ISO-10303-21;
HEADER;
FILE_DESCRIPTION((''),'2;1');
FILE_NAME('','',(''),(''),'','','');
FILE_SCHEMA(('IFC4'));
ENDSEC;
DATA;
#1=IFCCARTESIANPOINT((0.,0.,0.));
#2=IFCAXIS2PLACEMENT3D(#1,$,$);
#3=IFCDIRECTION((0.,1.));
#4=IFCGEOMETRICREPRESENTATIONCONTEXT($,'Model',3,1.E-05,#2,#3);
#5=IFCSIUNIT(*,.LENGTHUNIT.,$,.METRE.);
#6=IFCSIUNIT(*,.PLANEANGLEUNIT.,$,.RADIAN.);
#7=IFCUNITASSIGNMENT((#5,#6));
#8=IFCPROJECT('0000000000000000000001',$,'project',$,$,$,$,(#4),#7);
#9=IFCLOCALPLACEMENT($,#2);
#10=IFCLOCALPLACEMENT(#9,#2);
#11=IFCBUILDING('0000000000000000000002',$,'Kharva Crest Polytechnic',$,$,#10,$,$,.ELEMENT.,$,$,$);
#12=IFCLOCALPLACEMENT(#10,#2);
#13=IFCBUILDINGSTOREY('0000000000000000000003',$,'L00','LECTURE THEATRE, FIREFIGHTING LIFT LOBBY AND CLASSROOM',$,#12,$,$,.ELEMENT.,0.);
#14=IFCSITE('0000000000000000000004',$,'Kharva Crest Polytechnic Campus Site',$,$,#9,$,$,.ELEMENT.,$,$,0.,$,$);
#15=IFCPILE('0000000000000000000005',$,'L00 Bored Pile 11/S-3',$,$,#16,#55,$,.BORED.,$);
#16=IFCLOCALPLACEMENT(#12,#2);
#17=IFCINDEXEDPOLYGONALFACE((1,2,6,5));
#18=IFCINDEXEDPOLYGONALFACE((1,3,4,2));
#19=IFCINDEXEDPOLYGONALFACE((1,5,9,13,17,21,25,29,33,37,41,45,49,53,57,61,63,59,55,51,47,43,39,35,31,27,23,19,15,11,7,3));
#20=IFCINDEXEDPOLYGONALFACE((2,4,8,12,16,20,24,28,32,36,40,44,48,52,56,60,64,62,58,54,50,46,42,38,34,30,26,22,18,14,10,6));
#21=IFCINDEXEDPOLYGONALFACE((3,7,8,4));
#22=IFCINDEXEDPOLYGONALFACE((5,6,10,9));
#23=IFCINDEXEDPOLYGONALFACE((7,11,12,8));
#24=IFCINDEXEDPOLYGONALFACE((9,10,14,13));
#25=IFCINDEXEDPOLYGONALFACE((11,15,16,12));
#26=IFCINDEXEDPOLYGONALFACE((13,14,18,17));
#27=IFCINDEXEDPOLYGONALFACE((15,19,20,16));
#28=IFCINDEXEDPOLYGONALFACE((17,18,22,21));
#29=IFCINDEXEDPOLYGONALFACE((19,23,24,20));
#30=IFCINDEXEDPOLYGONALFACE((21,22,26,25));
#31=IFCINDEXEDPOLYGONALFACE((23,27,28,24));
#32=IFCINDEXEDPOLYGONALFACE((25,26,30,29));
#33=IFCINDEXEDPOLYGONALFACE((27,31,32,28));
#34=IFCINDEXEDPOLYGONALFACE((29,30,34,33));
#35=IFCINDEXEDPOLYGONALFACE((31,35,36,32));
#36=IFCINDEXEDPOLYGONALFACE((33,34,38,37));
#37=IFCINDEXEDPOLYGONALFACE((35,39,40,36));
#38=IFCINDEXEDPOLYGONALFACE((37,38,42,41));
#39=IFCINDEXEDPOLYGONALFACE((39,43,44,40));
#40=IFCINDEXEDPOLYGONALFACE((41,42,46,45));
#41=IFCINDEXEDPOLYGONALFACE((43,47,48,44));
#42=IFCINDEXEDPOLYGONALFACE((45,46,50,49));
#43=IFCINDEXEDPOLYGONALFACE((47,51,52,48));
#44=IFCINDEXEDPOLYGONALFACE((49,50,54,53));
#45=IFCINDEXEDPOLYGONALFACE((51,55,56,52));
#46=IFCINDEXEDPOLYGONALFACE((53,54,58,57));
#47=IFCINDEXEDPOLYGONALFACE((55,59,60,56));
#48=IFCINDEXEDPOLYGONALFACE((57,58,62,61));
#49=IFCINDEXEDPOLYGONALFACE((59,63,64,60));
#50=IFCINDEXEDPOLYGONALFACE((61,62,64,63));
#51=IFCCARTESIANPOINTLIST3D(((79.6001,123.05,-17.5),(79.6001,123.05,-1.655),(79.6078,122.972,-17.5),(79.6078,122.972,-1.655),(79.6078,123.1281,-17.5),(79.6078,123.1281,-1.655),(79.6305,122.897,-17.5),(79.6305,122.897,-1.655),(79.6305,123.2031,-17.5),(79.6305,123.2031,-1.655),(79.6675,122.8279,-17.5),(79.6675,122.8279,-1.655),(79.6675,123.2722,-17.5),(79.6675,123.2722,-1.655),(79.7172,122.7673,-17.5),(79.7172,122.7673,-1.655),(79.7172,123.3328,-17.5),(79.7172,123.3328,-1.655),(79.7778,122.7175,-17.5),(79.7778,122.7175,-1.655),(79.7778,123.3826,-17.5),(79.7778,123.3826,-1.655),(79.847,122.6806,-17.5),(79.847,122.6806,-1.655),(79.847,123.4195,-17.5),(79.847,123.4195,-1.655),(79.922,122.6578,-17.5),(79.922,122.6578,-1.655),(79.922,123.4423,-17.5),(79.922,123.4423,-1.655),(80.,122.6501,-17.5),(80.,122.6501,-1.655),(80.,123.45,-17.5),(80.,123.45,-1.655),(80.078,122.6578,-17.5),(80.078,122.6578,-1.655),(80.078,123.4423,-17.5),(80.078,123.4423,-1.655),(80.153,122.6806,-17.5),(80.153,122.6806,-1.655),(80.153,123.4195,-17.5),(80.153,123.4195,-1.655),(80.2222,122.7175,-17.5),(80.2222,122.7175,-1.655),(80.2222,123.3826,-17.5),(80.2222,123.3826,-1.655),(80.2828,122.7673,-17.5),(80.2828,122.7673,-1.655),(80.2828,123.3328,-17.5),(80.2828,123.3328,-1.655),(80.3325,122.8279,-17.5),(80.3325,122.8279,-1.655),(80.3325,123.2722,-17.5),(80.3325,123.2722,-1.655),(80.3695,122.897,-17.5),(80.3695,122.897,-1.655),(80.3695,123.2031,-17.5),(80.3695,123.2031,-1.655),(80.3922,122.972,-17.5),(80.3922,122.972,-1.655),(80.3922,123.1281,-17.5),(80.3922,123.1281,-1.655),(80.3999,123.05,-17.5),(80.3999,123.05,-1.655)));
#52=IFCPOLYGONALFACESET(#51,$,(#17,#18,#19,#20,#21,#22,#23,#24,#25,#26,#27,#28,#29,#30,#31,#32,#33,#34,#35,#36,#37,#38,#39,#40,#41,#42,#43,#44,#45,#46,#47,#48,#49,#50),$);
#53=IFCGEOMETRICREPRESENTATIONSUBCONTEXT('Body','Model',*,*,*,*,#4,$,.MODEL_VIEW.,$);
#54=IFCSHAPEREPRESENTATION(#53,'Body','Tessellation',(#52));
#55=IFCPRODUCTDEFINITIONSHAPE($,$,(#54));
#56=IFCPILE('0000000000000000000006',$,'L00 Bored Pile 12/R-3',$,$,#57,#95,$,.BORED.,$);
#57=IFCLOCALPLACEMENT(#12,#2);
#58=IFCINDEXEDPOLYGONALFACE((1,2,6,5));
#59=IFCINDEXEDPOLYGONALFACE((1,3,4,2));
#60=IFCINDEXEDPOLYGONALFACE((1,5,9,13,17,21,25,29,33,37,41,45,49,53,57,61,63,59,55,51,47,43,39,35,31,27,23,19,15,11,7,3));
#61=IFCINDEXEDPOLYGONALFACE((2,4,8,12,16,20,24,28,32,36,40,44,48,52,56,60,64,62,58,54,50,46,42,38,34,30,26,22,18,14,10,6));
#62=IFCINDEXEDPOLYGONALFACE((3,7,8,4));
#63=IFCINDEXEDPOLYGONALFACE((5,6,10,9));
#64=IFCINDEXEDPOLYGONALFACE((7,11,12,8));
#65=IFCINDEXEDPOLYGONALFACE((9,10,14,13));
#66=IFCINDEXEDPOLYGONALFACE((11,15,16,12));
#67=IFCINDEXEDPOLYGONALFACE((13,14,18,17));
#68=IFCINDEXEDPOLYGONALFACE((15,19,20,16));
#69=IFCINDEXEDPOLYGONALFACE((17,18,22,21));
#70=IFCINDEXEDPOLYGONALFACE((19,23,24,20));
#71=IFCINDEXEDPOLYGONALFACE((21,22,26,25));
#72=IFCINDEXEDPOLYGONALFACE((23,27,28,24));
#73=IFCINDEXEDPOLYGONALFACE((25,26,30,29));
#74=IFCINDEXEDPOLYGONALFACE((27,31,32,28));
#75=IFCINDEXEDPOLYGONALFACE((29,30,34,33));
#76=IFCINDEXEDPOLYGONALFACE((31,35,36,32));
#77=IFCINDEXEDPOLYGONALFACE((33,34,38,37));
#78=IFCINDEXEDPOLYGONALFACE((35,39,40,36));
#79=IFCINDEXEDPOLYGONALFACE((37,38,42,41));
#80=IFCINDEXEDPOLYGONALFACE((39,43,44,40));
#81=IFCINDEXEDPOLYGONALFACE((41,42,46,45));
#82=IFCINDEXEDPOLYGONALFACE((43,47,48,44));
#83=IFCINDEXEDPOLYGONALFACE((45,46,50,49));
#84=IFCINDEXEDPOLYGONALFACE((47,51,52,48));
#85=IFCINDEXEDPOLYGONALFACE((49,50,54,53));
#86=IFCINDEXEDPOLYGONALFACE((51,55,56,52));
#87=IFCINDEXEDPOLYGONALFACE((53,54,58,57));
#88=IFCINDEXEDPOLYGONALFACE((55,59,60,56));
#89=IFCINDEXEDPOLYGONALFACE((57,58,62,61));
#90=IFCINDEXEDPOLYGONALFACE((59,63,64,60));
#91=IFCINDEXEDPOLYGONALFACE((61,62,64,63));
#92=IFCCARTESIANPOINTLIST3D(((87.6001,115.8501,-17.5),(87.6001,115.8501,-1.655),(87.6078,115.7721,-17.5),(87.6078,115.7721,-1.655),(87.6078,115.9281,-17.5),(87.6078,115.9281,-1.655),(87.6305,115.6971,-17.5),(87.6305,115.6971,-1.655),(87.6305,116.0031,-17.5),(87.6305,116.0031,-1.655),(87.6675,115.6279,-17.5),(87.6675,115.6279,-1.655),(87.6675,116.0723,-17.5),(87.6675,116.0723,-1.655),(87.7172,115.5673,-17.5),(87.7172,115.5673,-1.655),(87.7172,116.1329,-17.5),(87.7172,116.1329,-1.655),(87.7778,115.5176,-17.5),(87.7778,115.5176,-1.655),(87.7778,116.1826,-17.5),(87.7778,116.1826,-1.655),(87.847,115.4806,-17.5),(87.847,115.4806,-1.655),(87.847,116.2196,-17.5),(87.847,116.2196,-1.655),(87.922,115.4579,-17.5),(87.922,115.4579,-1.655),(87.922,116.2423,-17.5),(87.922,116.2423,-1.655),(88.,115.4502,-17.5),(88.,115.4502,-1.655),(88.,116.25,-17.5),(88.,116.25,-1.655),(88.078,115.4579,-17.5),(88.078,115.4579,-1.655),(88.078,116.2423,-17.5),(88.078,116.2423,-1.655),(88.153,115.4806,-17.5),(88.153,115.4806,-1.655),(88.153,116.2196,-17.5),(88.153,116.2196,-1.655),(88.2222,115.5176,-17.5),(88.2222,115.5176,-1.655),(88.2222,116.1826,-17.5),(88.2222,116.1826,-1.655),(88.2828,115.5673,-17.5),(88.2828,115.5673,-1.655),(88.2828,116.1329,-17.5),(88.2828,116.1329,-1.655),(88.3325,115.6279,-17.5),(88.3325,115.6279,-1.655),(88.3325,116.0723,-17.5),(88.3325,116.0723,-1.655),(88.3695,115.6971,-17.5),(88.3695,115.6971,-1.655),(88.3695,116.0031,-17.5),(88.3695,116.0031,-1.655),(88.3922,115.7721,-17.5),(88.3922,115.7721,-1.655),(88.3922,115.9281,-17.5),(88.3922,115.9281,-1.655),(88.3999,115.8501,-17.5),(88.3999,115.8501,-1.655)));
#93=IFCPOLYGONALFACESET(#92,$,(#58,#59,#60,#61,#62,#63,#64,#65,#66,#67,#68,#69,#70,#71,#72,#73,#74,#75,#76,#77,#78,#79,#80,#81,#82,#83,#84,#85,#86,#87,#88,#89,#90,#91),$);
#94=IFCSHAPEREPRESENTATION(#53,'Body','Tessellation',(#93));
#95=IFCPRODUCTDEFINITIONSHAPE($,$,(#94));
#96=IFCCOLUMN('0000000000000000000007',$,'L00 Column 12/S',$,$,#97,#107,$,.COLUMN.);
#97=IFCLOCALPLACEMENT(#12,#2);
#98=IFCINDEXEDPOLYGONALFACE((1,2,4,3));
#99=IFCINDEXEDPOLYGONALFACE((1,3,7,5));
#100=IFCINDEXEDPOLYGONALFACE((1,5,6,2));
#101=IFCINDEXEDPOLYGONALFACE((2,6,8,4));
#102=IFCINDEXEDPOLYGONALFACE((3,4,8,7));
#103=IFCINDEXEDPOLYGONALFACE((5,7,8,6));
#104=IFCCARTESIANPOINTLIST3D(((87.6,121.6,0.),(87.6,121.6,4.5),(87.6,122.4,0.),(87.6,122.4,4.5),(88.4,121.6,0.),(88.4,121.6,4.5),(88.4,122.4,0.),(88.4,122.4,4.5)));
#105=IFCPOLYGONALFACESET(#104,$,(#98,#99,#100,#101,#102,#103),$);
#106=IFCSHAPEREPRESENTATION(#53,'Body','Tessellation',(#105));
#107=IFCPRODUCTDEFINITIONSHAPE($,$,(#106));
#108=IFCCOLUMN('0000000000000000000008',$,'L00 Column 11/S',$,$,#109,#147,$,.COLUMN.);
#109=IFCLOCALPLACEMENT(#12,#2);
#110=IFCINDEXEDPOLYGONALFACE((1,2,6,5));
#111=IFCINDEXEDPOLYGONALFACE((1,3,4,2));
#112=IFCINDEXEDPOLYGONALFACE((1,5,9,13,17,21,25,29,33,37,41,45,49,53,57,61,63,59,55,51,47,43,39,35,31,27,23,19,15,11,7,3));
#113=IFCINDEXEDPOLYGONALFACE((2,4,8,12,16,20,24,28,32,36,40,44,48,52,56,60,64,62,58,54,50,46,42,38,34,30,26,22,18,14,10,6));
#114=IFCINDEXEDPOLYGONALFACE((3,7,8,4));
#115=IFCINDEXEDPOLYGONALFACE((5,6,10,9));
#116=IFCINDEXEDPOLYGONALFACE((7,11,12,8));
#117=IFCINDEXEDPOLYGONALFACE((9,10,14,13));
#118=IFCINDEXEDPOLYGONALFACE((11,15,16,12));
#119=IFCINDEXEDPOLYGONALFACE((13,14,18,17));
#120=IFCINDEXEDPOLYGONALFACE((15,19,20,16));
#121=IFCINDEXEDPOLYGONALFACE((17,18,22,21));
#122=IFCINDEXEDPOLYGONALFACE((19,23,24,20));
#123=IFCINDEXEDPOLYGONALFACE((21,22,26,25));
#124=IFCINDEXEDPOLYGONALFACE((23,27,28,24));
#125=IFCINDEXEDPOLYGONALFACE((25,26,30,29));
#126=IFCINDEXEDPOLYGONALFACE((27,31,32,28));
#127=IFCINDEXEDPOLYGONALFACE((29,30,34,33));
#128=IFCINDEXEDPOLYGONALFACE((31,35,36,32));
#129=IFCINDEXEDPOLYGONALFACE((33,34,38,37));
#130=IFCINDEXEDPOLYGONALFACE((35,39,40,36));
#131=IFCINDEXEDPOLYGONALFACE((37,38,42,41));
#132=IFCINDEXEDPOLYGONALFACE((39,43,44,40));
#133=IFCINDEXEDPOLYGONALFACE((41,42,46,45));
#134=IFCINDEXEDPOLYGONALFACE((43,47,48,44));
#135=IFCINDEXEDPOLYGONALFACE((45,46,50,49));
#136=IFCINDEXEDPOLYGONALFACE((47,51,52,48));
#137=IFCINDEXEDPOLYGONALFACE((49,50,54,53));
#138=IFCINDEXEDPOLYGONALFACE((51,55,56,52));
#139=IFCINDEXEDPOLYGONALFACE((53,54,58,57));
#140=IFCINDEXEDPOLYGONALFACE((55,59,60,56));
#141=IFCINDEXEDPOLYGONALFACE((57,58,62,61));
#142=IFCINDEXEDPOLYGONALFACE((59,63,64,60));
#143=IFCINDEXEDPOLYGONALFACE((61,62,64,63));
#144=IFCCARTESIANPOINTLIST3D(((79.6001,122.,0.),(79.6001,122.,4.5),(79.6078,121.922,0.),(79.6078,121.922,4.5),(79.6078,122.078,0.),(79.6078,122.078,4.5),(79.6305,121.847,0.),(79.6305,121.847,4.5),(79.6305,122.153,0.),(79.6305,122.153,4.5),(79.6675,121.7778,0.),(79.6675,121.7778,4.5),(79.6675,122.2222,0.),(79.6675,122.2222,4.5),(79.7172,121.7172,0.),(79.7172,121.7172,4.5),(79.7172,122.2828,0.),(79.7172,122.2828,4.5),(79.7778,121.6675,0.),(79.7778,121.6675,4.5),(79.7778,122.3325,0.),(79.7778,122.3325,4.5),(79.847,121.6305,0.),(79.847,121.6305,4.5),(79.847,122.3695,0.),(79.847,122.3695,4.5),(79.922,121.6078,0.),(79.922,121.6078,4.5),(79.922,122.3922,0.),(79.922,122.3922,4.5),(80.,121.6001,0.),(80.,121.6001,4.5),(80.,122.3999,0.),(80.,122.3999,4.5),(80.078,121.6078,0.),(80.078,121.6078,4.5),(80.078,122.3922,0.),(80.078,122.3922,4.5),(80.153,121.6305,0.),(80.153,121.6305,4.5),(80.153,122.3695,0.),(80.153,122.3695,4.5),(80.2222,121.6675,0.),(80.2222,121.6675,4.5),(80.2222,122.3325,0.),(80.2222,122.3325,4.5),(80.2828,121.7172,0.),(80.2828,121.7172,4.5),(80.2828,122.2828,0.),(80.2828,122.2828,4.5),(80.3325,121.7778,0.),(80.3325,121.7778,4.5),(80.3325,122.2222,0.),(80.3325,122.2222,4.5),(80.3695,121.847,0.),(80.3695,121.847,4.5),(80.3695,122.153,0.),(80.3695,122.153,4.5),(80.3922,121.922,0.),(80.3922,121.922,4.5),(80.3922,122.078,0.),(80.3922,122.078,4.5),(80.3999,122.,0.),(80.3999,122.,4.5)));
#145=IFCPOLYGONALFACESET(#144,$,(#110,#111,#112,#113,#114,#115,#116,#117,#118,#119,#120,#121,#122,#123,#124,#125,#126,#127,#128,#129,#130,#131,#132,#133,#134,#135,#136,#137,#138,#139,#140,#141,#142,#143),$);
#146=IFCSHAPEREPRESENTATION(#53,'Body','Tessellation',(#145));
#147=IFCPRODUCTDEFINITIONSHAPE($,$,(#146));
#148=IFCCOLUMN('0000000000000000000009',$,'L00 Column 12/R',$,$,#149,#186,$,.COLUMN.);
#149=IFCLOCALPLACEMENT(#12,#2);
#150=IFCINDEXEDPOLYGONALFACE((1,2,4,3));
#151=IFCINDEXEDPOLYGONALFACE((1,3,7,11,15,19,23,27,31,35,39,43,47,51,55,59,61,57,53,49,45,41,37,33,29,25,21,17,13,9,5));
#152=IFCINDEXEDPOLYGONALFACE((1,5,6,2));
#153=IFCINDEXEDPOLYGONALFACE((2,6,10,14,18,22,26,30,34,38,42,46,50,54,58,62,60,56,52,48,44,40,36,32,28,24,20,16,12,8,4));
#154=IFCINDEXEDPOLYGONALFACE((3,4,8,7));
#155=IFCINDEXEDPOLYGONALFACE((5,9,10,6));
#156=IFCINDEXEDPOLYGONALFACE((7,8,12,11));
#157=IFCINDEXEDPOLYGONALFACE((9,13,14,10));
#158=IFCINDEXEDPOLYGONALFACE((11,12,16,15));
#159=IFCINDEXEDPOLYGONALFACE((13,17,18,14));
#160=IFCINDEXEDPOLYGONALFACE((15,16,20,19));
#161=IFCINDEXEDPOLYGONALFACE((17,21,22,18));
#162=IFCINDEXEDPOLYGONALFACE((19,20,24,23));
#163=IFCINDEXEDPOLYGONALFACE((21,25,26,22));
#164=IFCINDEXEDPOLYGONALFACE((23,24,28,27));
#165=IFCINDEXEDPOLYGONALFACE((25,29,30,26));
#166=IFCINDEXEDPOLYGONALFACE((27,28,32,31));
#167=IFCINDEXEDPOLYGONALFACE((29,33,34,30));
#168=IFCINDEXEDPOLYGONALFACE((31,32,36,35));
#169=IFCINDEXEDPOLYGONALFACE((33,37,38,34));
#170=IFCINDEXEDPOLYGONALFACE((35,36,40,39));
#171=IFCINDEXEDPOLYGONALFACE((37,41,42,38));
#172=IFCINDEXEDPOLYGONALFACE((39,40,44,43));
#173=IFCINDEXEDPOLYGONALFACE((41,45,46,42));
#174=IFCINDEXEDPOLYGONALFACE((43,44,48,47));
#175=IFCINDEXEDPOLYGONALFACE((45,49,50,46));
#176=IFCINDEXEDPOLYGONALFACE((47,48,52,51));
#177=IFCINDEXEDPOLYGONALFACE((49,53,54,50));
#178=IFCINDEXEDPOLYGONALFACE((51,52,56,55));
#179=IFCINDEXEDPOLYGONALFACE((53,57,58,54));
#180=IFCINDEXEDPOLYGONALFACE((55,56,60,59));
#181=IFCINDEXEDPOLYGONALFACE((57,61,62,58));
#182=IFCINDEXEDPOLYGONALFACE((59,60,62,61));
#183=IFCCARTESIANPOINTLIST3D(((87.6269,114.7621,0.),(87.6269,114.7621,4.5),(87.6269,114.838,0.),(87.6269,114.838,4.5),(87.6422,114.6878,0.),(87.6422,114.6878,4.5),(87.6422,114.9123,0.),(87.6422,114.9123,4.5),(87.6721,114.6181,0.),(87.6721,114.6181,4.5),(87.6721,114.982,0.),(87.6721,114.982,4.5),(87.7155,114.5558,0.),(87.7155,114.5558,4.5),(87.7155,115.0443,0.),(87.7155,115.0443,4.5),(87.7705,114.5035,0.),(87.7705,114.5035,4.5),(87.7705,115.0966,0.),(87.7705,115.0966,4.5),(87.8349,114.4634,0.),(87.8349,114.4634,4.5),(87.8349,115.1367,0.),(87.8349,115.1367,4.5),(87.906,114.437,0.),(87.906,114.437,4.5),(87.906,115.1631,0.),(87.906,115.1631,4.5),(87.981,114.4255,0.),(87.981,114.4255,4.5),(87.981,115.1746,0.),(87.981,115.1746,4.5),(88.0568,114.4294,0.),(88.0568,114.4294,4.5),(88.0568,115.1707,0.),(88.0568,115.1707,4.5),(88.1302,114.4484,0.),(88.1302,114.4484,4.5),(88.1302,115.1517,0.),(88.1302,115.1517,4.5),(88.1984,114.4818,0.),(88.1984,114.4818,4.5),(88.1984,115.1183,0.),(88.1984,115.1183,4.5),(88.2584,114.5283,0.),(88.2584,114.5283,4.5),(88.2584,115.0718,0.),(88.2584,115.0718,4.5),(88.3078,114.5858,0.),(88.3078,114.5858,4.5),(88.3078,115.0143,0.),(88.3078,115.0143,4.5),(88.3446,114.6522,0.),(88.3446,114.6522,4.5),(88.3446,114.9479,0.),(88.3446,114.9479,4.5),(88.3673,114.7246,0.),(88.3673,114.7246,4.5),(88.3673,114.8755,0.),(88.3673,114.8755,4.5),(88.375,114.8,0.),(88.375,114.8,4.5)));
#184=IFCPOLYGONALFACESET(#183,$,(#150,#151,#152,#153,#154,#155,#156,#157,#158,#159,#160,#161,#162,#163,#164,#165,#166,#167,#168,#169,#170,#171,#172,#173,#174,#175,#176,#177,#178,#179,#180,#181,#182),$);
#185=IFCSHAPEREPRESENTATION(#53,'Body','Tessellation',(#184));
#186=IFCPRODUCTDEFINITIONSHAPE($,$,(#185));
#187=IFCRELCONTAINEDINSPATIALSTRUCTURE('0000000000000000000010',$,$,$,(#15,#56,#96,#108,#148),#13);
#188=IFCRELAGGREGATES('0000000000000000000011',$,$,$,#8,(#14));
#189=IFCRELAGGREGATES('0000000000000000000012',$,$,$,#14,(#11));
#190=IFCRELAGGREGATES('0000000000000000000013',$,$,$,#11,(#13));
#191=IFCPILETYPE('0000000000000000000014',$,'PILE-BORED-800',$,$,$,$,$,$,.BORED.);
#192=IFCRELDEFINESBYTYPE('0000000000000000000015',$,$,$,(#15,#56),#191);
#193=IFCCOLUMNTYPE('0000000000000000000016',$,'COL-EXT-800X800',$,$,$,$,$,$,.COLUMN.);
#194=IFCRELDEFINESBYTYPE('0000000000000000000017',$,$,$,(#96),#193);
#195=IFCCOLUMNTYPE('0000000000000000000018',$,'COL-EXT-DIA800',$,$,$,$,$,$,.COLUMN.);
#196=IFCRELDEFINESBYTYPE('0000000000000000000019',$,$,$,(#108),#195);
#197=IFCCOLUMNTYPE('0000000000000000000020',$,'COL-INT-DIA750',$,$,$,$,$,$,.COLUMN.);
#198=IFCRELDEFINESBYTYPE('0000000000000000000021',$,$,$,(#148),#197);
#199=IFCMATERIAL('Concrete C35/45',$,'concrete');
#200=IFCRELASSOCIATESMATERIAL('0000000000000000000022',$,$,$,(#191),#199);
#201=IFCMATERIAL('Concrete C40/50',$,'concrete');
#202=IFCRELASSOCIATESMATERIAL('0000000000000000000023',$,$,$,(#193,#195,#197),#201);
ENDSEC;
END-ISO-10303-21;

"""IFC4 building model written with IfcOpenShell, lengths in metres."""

from ifc_helpers import new_model, si_unit, direction, frame, origin, origin_2d, place, context, subcontext, project, spatial, rectangle, circle, extrude, material, material_profile, profile_set, type_object, element, save


model = new_model("IFC4")

# Units and contexts
model_context = context("Model", 3, precision=1e-05, world=origin(), true_north=direction((0.0, 1.0)))
body_context = subcontext(model_context, "Body", "Model", "MODEL_VIEW")
ifc_project = project(units=[si_unit("LENGTHUNIT", "METRE"), si_unit("PLANEANGLEUNIT", "RADIAN")], contexts=[model_context])

# Site, building, storey
site_placement = place(None, origin())
site = spatial("IfcSite", under=ifc_project, at=site_placement, Name="Kharva Crest Polytechnic Campus Site", CompositionType="ELEMENT", RefElevation=0.0)
building_placement = place(site_placement, origin())
building = spatial("IfcBuilding", under=site, at=building_placement, Name="Kharva Crest Polytechnic", CompositionType="ELEMENT")
storey_placement = place(building_placement, origin())
storey = spatial("IfcBuildingStorey", under=building, at=storey_placement, Name="L00", Description="LECTURE THEATRE, FIREFIGHTING LIFT LOBBY AND CLASSROOM", CompositionType="ELEMENT", Elevation=0.0)

# Shared definitions
ifc_material_1 = material(Name="Concrete C35/45", Category="concrete")

# Piles
ifc_material_profile_1 = material_profile(ifc_material_1, circle(Radius=0.3999, at=origin_2d()), Name="DIA 800")
ifc_profile_set_1 = profile_set([ifc_material_profile_1], Name="Concrete C35/45")
pile_type_1 = type_object("IfcPileType", Name="PILE-BORED-800", PredefinedType="BORED", material=ifc_profile_set_1)
for number, where, z_axis, x_axis, name in (
    (1, (80.0, 123.05, -1.655), (0.0, 0.0, -1.0), (1.0, 0.0, 0.0), "L00 Bored Pile 11/S-3"),
    (2, (88.0, 115.8501, -1.655), (0.0, 0.0, -1.0), (1.0, 0.0, 0.0), "L00 Bored Pile 12/R-3"),
):
    element("IfcPile", number, at=place(storey_placement, frame(where, z_axis=z_axis, x_axis=x_axis)), inside=storey, type_object=pile_type_1, Name=name, PredefinedType="BORED", context=body_context, shape_type="SweptSolid", body=[
        extrude(circle(Radius=0.3999, at=origin_2d()), origin(), (0.0, 0.0, 1.0), 15.845),
    ])

# Columns
ifc_material_2 = material(Name="Concrete C40/50", Category="concrete")
ifc_material_profile_2 = material_profile(ifc_material_2, rectangle(XDim=0.8, YDim=0.8, at=origin_2d()), Name="RECT 800 X 800")
ifc_profile_set_2 = profile_set([ifc_material_profile_2], Name="Concrete C40/50")
column_type_1 = type_object("IfcColumnType", Name="COL-EXT-800X800", PredefinedType="COLUMN", material=ifc_profile_set_2)
column_1_placement = place(storey_placement, frame((88.0, 122.0, 0.0), z_axis=(0.0, 0.0, 1.0), x_axis=(1.0, 0.0, 0.0)))
element("IfcColumn", 3, at=column_1_placement, inside=storey, type_object=column_type_1, Name="L00 Column 12/S", PredefinedType="COLUMN", context=body_context, shape_type="SweptSolid", body=[
    extrude(rectangle(XDim=0.8, YDim=0.8, at=origin_2d()), origin(), (0.0, 0.0, 1.0), 4.5),
])
ifc_material_profile_3 = material_profile(ifc_material_2, circle(Radius=0.3999, at=origin_2d()), Name="DIA 800")
ifc_profile_set_3 = profile_set([ifc_material_profile_3], Name="Concrete C40/50")
column_type_2 = type_object("IfcColumnType", Name="COL-EXT-DIA800", PredefinedType="COLUMN", material=ifc_profile_set_3)
column_2_placement = place(storey_placement, frame((80.0, 122.0, 0.0), z_axis=(0.0, 0.0, 1.0), x_axis=(1.0, 0.0, 0.0)))
element("IfcColumn", 4, at=column_2_placement, inside=storey, type_object=column_type_2, Name="L00 Column 11/S", PredefinedType="COLUMN", context=body_context, shape_type="SweptSolid", body=[
    extrude(circle(Radius=0.3999, at=origin_2d()), origin(), (0.0, 0.0, 1.0), 4.5),
])
ifc_material_profile_4 = material_profile(ifc_material_2, circle(Radius=0.375, at=origin_2d()), Name="DIA 750")
ifc_profile_set_4 = profile_set([ifc_material_profile_4], Name="Concrete C40/50")
column_type_3 = type_object("IfcColumnType", Name="COL-INT-DIA750", PredefinedType="COLUMN", material=ifc_profile_set_4)
column_3_placement = place(storey_placement, frame((88.0, 114.8, 0.0), z_axis=(0.0, 0.0, 1.0), x_axis=(1.0, 0.0, 0.0)))
element("IfcColumn", 5, at=column_3_placement, inside=storey, type_object=column_type_3, Name="L00 Column 12/R", PredefinedType="COLUMN", context=body_context, shape_type="SweptSolid", body=[
    extrude(circle(Radius=0.375, at=origin_2d()), origin(), (0.0, 0.0, 1.0), 4.5),
])

save(model, "model.ifc")
